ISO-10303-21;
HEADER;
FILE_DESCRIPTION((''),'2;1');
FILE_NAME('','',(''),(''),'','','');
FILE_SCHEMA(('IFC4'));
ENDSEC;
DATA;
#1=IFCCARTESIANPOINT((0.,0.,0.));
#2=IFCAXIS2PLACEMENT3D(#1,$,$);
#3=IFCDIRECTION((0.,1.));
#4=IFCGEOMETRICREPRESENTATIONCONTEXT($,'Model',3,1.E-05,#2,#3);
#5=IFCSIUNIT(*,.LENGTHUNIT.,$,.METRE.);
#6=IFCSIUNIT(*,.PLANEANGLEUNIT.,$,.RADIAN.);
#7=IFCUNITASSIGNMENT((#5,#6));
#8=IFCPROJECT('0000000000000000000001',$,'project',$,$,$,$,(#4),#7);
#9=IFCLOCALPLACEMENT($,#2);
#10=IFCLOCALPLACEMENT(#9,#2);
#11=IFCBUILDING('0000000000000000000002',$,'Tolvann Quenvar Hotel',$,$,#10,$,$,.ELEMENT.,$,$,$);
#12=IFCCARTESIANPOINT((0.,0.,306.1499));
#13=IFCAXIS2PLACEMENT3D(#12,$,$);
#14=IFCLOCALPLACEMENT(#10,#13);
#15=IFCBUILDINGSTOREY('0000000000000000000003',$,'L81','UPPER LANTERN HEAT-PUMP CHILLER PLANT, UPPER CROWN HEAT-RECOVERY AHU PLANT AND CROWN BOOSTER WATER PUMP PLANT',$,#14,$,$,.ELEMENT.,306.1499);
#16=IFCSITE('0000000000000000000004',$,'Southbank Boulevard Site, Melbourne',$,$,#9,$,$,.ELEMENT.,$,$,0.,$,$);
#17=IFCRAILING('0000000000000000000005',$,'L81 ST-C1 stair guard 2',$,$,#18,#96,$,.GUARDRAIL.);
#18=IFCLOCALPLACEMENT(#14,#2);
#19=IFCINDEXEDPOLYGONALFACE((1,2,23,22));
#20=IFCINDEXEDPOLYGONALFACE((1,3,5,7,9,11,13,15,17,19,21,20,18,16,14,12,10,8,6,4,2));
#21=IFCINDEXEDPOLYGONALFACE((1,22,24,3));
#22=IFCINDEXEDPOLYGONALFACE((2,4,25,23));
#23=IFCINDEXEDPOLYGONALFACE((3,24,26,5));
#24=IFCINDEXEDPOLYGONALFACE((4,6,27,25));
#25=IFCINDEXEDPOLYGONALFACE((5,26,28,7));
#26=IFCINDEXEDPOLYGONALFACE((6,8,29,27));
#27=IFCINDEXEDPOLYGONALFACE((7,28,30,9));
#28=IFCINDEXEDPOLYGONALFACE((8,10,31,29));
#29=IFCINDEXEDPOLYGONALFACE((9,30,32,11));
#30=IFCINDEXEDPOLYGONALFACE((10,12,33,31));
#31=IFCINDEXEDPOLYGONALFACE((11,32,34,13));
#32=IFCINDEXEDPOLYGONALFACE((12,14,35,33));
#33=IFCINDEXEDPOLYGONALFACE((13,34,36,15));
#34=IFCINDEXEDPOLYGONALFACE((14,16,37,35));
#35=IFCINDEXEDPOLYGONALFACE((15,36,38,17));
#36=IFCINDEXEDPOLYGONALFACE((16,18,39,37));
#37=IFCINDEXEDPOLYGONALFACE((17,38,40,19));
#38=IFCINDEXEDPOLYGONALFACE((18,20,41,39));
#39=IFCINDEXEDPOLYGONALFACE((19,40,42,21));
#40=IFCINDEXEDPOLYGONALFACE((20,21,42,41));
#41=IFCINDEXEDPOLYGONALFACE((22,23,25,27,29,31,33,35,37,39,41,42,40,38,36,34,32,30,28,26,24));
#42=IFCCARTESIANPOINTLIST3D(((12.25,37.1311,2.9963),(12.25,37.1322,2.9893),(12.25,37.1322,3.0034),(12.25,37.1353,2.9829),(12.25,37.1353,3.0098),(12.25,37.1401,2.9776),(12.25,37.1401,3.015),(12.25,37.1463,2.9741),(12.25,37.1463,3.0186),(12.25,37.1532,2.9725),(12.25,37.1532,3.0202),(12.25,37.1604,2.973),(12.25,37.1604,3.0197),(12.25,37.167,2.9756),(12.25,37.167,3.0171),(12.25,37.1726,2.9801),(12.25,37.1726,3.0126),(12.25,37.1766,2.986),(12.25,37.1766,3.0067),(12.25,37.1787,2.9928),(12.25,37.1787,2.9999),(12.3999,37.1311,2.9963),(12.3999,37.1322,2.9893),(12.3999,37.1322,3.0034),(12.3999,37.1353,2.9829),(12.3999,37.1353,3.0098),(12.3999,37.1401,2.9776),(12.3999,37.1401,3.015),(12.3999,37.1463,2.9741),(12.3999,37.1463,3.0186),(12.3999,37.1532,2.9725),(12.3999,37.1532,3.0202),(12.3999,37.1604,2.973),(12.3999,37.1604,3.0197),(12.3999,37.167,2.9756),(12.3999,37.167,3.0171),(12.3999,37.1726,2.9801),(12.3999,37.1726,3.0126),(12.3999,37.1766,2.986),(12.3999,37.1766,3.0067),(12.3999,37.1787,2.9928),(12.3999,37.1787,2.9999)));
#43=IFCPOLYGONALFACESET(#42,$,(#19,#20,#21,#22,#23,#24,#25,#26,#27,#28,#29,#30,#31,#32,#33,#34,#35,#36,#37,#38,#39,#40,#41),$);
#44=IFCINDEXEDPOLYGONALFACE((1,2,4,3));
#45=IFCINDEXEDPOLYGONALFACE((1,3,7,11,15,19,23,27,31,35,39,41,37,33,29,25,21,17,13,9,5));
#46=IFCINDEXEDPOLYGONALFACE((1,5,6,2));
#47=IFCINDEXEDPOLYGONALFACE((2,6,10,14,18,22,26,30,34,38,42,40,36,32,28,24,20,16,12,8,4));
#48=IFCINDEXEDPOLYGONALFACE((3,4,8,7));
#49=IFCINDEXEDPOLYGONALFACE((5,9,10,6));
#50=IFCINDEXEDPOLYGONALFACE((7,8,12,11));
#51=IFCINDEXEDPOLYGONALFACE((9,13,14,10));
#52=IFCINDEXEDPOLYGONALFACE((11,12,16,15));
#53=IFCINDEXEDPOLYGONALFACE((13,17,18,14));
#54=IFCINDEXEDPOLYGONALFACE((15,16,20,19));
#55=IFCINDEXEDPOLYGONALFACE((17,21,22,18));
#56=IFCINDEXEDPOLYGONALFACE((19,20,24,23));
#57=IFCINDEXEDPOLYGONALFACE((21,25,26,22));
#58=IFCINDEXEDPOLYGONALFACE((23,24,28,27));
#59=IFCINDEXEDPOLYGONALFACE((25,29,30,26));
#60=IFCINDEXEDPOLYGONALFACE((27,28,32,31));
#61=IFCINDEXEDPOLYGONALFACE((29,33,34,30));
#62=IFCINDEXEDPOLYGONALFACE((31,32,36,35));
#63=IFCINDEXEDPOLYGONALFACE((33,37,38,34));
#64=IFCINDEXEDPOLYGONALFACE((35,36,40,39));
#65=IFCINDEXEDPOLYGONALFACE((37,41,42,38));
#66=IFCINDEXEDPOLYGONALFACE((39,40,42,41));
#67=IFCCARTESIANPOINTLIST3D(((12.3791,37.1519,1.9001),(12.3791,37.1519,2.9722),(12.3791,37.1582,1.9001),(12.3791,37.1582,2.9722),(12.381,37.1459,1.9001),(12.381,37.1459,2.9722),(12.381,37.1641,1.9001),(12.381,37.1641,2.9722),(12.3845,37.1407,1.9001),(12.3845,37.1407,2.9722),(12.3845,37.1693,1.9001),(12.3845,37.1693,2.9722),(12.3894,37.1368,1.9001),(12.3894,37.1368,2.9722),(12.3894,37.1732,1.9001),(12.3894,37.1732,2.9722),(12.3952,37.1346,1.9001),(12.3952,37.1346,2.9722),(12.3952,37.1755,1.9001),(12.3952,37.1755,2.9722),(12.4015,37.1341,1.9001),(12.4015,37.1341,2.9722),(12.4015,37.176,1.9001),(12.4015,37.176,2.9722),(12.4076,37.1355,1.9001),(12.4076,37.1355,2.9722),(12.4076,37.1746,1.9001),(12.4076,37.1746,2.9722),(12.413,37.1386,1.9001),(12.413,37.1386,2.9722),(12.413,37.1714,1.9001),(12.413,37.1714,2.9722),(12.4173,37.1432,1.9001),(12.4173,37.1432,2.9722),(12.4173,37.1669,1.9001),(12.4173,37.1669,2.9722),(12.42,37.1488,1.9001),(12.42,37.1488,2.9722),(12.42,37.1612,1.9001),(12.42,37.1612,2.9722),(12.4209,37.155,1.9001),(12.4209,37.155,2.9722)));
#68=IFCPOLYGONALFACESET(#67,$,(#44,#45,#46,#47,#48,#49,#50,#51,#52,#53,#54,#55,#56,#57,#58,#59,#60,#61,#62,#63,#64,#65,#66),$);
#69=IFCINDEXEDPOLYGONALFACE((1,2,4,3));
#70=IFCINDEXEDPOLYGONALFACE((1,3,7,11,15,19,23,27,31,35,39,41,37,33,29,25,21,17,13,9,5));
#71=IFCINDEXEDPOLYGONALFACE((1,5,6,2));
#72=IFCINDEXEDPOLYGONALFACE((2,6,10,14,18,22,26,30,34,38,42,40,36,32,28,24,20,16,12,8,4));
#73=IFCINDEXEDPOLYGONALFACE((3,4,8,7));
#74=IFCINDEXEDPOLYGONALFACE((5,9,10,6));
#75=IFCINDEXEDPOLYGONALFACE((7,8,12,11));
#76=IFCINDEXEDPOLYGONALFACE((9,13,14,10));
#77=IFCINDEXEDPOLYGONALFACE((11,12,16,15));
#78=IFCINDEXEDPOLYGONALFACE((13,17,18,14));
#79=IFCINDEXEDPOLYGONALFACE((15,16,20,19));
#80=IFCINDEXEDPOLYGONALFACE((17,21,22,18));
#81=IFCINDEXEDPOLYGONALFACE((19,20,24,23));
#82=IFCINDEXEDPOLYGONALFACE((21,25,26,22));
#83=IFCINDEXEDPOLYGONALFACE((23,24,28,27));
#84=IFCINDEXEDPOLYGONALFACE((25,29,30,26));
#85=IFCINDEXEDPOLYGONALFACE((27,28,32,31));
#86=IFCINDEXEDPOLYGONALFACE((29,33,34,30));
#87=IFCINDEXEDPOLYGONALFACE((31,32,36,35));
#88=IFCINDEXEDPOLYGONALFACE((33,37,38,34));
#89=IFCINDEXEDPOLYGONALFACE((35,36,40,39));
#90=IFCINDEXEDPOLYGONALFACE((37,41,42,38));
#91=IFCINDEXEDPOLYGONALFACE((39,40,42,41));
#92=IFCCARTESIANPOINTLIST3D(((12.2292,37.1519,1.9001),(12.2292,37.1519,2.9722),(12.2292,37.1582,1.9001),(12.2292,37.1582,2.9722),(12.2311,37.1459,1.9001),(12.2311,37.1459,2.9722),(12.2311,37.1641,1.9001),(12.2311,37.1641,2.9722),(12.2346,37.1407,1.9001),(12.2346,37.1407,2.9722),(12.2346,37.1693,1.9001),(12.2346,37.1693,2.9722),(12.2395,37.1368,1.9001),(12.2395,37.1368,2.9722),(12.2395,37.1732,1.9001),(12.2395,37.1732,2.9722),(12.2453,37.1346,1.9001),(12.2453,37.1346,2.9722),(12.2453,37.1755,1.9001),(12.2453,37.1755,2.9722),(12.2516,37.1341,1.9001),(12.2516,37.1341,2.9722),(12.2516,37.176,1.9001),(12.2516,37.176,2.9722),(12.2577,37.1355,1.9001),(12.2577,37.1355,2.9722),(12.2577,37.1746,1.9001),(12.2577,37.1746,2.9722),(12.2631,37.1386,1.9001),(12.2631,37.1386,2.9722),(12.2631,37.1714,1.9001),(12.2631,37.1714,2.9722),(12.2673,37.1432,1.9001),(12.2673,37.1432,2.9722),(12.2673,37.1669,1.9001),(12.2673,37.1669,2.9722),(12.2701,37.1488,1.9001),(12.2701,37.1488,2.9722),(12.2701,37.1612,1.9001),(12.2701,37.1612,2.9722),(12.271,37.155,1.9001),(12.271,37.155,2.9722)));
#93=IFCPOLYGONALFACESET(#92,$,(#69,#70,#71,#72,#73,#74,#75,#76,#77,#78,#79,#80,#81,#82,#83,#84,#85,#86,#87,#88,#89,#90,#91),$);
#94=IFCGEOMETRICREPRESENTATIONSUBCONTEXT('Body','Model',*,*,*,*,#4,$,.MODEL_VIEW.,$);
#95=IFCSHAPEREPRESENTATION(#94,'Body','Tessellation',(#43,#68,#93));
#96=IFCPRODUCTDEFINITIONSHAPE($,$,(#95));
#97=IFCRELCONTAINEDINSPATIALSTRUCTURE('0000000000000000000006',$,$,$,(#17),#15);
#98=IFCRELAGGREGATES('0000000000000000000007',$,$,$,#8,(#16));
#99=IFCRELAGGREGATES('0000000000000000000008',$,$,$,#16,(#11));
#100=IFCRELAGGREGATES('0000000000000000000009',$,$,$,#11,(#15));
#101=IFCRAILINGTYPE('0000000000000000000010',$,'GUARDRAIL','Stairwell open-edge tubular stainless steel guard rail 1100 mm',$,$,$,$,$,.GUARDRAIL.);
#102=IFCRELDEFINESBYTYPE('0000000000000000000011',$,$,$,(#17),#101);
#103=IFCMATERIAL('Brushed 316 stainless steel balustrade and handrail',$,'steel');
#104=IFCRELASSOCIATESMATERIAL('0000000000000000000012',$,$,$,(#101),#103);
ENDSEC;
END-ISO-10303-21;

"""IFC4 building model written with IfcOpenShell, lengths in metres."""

from ifc_helpers import new_model, si_unit, direction, frame, origin, origin_2d, place, context, subcontext, project, spatial, circle, extrude, material, type_object, element, save


model = new_model("IFC4")

# Units and contexts
model_context = context("Model", 3, precision=1e-05, world=origin(), true_north=direction((0.0, 1.0)))
body_context = subcontext(model_context, "Body", "Model", "MODEL_VIEW")
ifc_project = project(units=[si_unit("LENGTHUNIT", "METRE"), si_unit("PLANEANGLEUNIT", "RADIAN")], contexts=[model_context])

# Site, building, storey
site_placement = place(None, origin())
site = spatial("IfcSite", under=ifc_project, at=site_placement, Name="Southbank Boulevard Site, Melbourne", CompositionType="ELEMENT", RefElevation=0.0)
building_placement = place(site_placement, origin())
building = spatial("IfcBuilding", under=site, at=building_placement, Name="Tolvann Quenvar Hotel", CompositionType="ELEMENT")
storey_placement = place(building_placement, frame((0.0, 0.0, 306.1499)))
storey = spatial("IfcBuildingStorey", under=building, at=storey_placement, Name="L81", Description="UPPER LANTERN HEAT-PUMP CHILLER PLANT, UPPER CROWN HEAT-RECOVERY AHU PLANT AND CROWN BOOSTER WATER PUMP PLANT", CompositionType="ELEMENT", Elevation=306.1499)

# Railing
ifc_material_1 = material(Name="Brushed 316 stainless steel balustrade and handrail", Category="steel")
railing_type_1 = type_object("IfcRailingType", Name="GUARDRAIL", Description="Stairwell open-edge tubular stainless steel guard rail 1100 mm", PredefinedType="GUARDRAIL", material=ifc_material_1)
railing_1_placement = place(storey_placement, frame((12.3999, 37.155, 1.9001)))
element("IfcRailing", 1, at=railing_1_placement, inside=storey, type_object=railing_type_1, Name="L81 ST-C1 stair guard 2", PredefinedType="GUARDRAIL", context=body_context, shape_type="SweptSolid", body=[
    extrude(circle(Radius=0.0239, at=origin_2d()), frame((0.0, 0.0, 1.0962), z_axis=(-1.0, 0.0, 0.0), x_axis=(0.0, -1.0, 0.0)), (0.0, 0.0, 1.0), 0.1499),
    extrude(circle(Radius=0.021, at=origin_2d()), origin(), (0.0, 0.0, 1.0), 1.072),
    extrude(circle(Radius=0.021, at=origin_2d()), frame((-0.1499, 0.0, 0.0)), (0.0, 0.0, 1.0), 1.072),
])

save(model, "model.ifc")
